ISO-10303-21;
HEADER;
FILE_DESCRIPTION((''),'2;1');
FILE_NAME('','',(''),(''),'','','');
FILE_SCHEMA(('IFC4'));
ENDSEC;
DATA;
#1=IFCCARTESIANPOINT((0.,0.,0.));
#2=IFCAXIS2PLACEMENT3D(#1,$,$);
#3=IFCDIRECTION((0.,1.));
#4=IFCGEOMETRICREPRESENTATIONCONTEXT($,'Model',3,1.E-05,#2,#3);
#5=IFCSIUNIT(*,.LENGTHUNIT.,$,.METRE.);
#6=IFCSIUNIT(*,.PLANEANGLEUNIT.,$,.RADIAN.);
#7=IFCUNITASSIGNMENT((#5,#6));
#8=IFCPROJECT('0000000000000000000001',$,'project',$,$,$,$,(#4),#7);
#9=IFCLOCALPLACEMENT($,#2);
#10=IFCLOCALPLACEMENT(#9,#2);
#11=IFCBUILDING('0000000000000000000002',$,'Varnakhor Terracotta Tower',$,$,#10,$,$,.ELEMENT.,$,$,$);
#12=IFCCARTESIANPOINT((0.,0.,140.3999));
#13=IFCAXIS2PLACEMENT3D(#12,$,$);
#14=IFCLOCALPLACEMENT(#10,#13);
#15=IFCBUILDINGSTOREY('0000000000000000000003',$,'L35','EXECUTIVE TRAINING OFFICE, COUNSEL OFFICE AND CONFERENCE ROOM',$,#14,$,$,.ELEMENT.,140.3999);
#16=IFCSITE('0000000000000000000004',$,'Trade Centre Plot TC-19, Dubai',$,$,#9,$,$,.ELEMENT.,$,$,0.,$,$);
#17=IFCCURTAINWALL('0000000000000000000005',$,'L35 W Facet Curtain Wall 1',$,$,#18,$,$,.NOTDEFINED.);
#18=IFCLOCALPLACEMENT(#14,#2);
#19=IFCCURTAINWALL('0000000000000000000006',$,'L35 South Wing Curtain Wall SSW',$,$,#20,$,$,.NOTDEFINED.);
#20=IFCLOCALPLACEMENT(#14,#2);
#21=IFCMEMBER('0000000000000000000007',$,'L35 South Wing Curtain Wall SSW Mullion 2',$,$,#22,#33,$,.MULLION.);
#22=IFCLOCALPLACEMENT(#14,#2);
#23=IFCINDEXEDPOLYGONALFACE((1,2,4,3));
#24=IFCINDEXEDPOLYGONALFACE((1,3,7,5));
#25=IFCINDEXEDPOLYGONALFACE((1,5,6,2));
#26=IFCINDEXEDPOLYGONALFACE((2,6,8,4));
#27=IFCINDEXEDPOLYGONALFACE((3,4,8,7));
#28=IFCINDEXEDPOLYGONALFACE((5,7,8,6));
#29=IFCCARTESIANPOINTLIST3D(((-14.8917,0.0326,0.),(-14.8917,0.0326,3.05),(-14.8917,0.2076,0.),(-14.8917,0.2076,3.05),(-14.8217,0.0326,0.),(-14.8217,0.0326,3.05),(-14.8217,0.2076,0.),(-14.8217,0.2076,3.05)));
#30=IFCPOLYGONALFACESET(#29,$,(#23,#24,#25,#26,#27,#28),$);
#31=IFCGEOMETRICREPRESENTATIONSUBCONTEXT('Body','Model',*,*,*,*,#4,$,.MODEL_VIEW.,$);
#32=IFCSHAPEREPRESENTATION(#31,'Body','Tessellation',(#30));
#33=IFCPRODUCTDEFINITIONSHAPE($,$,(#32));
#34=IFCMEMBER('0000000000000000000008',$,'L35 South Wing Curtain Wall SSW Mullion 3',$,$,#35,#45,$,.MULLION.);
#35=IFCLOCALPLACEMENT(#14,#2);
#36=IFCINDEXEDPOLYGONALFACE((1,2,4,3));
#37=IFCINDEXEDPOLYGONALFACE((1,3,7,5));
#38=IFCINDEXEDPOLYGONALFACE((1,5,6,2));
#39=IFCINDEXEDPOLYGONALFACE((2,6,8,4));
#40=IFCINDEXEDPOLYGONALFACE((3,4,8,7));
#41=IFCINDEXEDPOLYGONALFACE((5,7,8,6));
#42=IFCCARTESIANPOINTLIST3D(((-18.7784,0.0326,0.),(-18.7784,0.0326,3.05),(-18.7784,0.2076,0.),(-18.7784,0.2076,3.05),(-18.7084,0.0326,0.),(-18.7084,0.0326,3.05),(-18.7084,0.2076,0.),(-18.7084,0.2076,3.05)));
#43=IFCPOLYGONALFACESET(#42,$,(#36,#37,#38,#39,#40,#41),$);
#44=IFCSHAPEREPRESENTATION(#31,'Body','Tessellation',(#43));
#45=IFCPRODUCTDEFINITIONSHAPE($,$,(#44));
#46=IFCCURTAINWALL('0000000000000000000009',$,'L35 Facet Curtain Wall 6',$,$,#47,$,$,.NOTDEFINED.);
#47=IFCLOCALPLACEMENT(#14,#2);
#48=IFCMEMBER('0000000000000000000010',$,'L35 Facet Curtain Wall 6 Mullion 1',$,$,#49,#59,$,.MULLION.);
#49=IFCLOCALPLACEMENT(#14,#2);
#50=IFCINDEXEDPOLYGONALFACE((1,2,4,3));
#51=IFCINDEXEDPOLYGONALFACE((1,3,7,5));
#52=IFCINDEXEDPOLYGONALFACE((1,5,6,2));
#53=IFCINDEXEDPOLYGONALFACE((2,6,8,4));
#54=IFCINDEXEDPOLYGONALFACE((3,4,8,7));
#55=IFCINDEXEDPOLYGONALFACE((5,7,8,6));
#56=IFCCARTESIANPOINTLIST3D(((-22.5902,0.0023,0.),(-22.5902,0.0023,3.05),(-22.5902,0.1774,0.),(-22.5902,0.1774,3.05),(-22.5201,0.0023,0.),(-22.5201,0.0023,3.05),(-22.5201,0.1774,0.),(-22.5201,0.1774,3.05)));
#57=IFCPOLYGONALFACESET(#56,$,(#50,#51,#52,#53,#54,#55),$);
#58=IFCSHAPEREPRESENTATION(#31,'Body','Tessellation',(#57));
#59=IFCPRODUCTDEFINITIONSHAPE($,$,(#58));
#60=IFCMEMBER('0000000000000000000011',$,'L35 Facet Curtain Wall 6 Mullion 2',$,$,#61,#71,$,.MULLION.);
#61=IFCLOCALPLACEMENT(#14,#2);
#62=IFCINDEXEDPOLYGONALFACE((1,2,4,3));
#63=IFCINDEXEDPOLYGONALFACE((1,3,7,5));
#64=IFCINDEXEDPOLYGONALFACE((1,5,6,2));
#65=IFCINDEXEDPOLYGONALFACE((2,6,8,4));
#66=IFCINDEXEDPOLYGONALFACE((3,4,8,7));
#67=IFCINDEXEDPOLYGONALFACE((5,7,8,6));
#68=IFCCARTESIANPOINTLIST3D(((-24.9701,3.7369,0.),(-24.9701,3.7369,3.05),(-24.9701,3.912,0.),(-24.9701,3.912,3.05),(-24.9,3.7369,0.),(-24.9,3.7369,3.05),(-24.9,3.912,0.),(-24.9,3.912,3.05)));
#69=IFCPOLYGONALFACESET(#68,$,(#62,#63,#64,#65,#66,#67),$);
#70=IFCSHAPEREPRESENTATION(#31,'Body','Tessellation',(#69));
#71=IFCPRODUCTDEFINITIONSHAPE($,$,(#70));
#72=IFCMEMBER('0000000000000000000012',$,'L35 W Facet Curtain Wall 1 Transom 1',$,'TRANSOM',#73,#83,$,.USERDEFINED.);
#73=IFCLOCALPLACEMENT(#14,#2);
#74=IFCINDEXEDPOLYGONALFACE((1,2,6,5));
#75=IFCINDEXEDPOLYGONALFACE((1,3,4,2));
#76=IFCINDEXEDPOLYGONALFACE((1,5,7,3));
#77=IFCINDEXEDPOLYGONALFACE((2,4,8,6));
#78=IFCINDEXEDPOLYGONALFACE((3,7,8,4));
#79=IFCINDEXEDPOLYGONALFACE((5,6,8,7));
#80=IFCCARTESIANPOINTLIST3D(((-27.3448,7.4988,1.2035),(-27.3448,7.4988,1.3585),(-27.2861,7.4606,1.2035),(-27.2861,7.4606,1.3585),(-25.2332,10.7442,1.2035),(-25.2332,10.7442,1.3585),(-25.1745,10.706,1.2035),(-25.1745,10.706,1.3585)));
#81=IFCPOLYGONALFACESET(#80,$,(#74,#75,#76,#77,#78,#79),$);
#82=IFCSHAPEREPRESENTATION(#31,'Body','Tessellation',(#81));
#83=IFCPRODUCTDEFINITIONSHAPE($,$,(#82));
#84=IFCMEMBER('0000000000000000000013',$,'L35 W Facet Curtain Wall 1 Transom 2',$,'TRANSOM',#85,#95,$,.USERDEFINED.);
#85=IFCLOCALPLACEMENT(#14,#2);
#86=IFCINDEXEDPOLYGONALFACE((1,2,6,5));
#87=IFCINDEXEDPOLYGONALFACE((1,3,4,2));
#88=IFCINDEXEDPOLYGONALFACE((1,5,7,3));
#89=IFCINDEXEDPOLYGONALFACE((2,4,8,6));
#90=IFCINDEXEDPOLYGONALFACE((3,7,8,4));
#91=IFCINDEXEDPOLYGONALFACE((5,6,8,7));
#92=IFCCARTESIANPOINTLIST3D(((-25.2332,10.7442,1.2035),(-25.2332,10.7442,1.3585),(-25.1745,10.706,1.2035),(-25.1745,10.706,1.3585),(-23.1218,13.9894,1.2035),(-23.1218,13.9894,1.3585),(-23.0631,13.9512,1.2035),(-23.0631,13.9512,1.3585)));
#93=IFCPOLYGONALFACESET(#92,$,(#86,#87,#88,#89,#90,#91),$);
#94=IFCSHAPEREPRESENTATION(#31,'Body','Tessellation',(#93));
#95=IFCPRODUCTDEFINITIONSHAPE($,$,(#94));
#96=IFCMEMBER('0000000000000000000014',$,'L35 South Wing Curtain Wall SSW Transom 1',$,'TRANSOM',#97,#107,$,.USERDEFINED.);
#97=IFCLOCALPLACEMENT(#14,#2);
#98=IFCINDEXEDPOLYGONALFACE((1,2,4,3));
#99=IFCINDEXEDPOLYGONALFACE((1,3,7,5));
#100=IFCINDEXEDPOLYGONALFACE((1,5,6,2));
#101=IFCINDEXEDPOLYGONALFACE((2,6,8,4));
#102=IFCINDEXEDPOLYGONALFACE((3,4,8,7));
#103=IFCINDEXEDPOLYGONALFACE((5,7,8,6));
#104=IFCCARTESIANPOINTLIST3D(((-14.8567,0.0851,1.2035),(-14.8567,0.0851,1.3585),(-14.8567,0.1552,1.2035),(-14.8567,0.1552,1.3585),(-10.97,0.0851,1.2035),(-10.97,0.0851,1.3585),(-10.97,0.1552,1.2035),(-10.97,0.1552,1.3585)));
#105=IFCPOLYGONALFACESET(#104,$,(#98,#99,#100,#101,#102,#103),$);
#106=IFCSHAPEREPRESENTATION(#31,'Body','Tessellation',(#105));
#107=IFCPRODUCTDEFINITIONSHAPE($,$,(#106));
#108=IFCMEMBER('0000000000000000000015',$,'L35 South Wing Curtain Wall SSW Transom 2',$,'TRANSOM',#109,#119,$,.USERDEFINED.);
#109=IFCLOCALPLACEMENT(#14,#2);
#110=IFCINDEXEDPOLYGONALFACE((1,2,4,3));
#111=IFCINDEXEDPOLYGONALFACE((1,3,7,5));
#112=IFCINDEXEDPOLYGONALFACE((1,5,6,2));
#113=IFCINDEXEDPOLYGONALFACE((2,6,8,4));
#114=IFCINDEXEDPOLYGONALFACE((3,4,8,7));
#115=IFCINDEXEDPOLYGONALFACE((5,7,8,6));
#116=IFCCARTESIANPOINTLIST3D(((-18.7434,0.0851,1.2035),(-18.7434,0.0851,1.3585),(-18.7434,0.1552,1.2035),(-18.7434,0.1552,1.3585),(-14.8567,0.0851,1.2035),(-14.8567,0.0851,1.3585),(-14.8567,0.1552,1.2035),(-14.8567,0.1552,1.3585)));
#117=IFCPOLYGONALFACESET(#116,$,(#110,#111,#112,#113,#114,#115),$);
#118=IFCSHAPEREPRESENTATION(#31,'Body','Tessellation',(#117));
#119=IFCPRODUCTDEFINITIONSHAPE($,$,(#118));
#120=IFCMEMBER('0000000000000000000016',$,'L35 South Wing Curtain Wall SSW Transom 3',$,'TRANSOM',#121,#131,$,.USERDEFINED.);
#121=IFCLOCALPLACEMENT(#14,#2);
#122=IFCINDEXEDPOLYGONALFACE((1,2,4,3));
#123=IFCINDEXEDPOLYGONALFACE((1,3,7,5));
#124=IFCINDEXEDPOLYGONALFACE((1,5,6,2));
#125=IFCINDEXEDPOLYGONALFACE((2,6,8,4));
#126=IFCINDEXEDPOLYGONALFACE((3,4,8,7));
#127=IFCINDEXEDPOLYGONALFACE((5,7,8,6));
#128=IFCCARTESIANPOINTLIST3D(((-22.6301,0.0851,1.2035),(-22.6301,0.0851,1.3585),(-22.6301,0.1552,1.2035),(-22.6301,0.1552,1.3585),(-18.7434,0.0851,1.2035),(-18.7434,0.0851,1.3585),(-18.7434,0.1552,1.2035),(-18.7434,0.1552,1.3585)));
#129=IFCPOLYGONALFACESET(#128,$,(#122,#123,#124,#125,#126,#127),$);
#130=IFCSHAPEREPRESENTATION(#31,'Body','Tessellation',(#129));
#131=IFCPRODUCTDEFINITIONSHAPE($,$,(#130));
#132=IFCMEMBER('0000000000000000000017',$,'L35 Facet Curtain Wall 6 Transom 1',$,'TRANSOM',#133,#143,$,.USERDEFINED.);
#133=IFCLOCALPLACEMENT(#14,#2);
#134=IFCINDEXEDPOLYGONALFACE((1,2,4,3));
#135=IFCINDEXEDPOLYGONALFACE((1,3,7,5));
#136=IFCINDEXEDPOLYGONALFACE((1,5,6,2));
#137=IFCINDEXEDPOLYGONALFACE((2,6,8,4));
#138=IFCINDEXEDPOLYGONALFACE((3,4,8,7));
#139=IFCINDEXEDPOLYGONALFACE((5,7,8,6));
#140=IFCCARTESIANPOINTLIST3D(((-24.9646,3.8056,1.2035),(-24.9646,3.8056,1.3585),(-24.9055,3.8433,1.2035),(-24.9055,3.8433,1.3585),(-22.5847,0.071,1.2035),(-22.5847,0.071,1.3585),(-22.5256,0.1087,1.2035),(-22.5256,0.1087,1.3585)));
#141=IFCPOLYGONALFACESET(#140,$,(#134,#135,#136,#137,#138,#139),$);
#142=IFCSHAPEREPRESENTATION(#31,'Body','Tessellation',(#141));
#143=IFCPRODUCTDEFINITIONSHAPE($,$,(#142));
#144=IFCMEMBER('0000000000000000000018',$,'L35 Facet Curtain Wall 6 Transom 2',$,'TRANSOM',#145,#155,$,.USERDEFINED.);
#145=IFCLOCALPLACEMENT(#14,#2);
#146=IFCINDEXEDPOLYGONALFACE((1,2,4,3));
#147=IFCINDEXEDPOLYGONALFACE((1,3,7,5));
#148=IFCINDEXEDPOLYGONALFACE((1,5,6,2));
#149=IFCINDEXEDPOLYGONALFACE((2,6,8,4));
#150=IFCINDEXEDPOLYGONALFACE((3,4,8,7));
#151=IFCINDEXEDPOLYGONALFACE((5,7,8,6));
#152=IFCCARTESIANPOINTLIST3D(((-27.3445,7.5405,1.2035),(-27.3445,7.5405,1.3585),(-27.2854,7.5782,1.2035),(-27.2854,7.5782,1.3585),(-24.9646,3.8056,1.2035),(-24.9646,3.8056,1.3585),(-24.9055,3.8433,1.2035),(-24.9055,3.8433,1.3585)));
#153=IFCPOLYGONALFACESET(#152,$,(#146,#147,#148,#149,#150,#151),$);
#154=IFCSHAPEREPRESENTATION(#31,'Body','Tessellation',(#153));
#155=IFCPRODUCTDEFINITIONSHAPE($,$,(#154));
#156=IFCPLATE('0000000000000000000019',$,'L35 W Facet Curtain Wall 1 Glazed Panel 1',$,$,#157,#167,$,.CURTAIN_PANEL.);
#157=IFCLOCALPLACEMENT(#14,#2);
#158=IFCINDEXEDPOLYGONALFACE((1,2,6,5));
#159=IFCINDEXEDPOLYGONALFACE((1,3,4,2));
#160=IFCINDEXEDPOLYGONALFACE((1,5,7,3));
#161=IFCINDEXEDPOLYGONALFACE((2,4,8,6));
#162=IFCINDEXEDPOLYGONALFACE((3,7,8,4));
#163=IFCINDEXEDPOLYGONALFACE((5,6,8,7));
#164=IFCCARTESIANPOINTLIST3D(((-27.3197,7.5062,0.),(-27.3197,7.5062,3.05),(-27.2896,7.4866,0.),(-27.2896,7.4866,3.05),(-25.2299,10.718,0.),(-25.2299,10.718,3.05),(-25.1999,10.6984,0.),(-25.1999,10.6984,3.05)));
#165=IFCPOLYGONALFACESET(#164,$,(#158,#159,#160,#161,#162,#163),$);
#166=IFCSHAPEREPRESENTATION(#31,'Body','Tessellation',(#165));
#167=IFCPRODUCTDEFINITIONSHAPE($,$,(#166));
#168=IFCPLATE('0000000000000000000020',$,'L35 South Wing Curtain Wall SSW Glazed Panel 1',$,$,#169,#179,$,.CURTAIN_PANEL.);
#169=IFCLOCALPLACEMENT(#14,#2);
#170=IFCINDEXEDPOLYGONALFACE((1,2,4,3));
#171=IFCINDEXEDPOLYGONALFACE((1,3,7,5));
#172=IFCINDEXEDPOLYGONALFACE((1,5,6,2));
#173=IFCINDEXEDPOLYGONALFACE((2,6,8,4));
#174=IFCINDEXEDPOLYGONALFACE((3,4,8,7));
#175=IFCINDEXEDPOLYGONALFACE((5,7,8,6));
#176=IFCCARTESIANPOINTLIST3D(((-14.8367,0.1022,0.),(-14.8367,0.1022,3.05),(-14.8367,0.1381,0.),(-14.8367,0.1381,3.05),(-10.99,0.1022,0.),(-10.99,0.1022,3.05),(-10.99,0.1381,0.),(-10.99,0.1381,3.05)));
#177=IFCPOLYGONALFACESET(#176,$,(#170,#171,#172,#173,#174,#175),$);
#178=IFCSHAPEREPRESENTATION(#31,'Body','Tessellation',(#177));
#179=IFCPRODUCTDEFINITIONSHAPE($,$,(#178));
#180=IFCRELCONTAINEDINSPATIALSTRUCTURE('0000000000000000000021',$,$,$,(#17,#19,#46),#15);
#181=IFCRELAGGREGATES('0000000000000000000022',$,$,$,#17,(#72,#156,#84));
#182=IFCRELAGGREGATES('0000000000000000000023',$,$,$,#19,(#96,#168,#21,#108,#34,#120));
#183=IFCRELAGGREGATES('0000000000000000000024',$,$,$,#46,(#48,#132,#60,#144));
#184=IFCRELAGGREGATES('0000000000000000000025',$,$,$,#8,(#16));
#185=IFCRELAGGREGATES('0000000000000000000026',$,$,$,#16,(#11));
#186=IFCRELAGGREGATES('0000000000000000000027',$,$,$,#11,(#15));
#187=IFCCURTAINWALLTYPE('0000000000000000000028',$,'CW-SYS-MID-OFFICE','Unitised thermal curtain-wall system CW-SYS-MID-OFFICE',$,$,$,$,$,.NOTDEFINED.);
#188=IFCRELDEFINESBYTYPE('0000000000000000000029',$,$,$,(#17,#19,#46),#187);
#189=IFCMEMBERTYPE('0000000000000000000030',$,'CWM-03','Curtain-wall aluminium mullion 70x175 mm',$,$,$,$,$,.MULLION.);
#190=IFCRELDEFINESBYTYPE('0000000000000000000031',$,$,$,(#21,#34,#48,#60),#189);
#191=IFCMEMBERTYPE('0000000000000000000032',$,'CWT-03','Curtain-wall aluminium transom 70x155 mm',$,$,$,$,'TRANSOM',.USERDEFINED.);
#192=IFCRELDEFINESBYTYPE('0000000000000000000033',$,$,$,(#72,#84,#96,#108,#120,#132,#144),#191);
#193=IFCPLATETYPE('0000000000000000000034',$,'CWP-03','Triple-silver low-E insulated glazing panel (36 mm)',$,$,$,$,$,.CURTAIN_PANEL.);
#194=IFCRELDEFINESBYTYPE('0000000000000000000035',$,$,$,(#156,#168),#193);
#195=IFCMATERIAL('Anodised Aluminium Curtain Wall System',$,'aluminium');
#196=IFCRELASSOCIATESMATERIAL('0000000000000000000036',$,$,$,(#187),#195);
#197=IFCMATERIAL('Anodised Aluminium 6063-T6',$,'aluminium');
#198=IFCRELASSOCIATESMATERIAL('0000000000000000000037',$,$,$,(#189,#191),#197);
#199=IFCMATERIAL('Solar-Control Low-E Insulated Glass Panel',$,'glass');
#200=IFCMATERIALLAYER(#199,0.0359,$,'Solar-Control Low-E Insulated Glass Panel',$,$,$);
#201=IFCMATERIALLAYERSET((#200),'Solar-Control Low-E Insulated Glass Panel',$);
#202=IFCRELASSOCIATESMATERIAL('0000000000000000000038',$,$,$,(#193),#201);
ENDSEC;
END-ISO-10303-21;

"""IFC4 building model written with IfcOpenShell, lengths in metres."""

from ifc_helpers import new_model, si_unit, direction, frame, origin, origin_2d, place, context, subcontext, project, spatial, rectangle, extrude, source, transform, mapped, material, layer, layer_set, material_profile, profile_set, type_object, element, aggregate, save


model = new_model("IFC4")

# Units and contexts
model_context = context("Model", 3, precision=1e-05, world=origin(), true_north=direction((0.0, 1.0)))
body_context = subcontext(model_context, "Body", "Model", "MODEL_VIEW")
ifc_project = project(units=[si_unit("LENGTHUNIT", "METRE"), si_unit("PLANEANGLEUNIT", "RADIAN")], contexts=[model_context])

# Site, building, storey
site_placement = place(None, origin())
site = spatial("IfcSite", under=ifc_project, at=site_placement, Name="Trade Centre Plot TC-19, Dubai", CompositionType="ELEMENT", RefElevation=0.0)
building_placement = place(site_placement, origin())
building = spatial("IfcBuilding", under=site, at=building_placement, Name="Varnakhor Terracotta Tower", CompositionType="ELEMENT")
storey_placement = place(building_placement, frame((0.0, 0.0, 140.3999)))
storey = spatial("IfcBuildingStorey", under=building, at=storey_placement, Name="L35", Description="EXECUTIVE TRAINING OFFICE, COUNSEL OFFICE AND CONFERENCE ROOM", CompositionType="ELEMENT", Elevation=140.3999)

# Curtain walls, members
ifc_material_1 = material(Name="Anodised Aluminium Curtain Wall System", Category="aluminium")
curtain_wall_type = type_object("IfcCurtainWallType", Name="CW-SYS-MID-OFFICE", Description="Unitised thermal curtain-wall system CW-SYS-MID-OFFICE", PredefinedType="NOTDEFINED", material=ifc_material_1)
curtain_wall_1_placement = place(storey_placement, origin())
curtain_wall_1 = element("IfcCurtainWall", 1, at=curtain_wall_1_placement, inside=storey, type_object=curtain_wall_type, Name="L35 W Facet Curtain Wall 1", PredefinedType="NOTDEFINED")
ifc_material_2 = material(Name="Anodised Aluminium 6063-T6", Category="aluminium")
ifc_material_profile_1 = material_profile(ifc_material_2, rectangle(XDim=0.0701, YDim=0.175, at=origin_2d()), Name="ALU MULLION 70x175")
ifc_profile_set_1 = profile_set([ifc_material_profile_1], Name="Anodised Aluminium 6063-T6")
member_type_1 = type_object("IfcMemberType", Name="CWM-03", Description="Curtain-wall aluminium mullion 70x175 mm", PredefinedType="MULLION", material=ifc_profile_set_1)
shared_shape_1 = source(origin(), body_context, "Body", "SweptSolid", [
    extrude(rectangle(XDim=0.0701, YDim=0.175, at=origin_2d()), origin(), (0.0, 0.0, 1.0), 3.05),
])
curtain_wall_2_placement = place(storey_placement, origin())
curtain_wall_2 = element("IfcCurtainWall", 2, at=curtain_wall_2_placement, inside=storey, type_object=curtain_wall_type, Name="L35 South Wing Curtain Wall SSW", PredefinedType="NOTDEFINED")
member_1_placement = place(storey_placement, frame((-14.8567, 0.1201, 0.0), z_axis=(0.0, 0.0, 1.0), x_axis=(1.0, 0.0, 0.0)))
member_1 = element("IfcMember", 3, at=member_1_placement, type_object=member_type_1, Name="L35 South Wing Curtain Wall SSW Mullion 2", PredefinedType="MULLION", context=body_context, shape_type="MappedRepresentation", body=[
    mapped(shared_shape_1, transform((0.0, 0.0, 0.0), scale=1.0)),
])
member_2_placement = place(storey_placement, frame((-18.7434, 0.1201, 0.0), z_axis=(0.0, 0.0, 1.0), x_axis=(1.0, 0.0, 0.0)))
member_2 = element("IfcMember", 4, at=member_2_placement, type_object=member_type_1, Name="L35 South Wing Curtain Wall SSW Mullion 3", PredefinedType="MULLION", context=body_context, shape_type="MappedRepresentation", body=[
    mapped(shared_shape_1, transform((0.0, 0.0, 0.0), scale=1.0)),
])
curtain_wall_3_placement = place(storey_placement, origin())
curtain_wall_3 = element("IfcCurtainWall", 5, at=curtain_wall_3_placement, inside=storey, type_object=curtain_wall_type, Name="L35 Facet Curtain Wall 6", PredefinedType="NOTDEFINED")
member_3_placement = place(storey_placement, frame((-22.5552, 0.0898, 0.0), z_axis=(0.0, 0.0, 1.0), x_axis=(1.0, 0.0, 0.0)))
member_3 = element("IfcMember", 6, at=member_3_placement, type_object=member_type_1, Name="L35 Facet Curtain Wall 6 Mullion 1", PredefinedType="MULLION", context=body_context, shape_type="MappedRepresentation", body=[
    mapped(shared_shape_1, transform((0.0, 0.0, 0.0), scale=1.0)),
])
member_4_placement = place(storey_placement, frame((-24.9351, 3.8245, 0.0), z_axis=(0.0, 0.0, 1.0), x_axis=(1.0, 0.0, 0.0)))
member_4 = element("IfcMember", 7, at=member_4_placement, type_object=member_type_1, Name="L35 Facet Curtain Wall 6 Mullion 2", PredefinedType="MULLION", context=body_context, shape_type="MappedRepresentation", body=[
    mapped(shared_shape_1, transform((0.0, 0.0, 0.0), scale=1.0)),
])

# Members
ifc_material_profile_2 = material_profile(ifc_material_2, rectangle(XDim=0.0701, YDim=0.155, at=origin_2d()), Name="ALU TRANSOM 70x155")
ifc_profile_set_2 = profile_set([ifc_material_profile_2], Name="Anodised Aluminium 6063-T6")
member_type_2 = type_object("IfcMemberType", Name="CWT-03", Description="Curtain-wall aluminium transom 70x155 mm", ElementType="TRANSOM", PredefinedType="USERDEFINED", material=ifc_profile_set_2)
shared_shape_2 = source(origin(), body_context, "Body", "SweptSolid", [
    extrude(rectangle(XDim=0.0701, YDim=0.155, at=origin_2d()), origin(), (0.0, 0.0, 1.0), 3.8718),
])
member_5_placement = place(storey_placement, frame((-27.3154, 7.4797, 1.281), z_axis=(0.545367, 0.838197, 0.0), x_axis=(-0.838197, 0.545367, 0.0)))
member_5 = element("IfcMember", 8, at=member_5_placement, type_object=member_type_2, Name="L35 W Facet Curtain Wall 1 Transom 1", ObjectType="TRANSOM", PredefinedType="USERDEFINED", context=body_context, shape_type="MappedRepresentation", body=[
    mapped(shared_shape_2, transform((0.0, 0.0, 0.0), scale=1.0)),
])
shared_shape_3 = source(origin(), body_context, "Body", "SweptSolid", [
    extrude(rectangle(XDim=0.0701, YDim=0.155, at=origin_2d()), origin(), (0.0, 0.0, 1.0), 3.8716),
])
member_6_placement = place(storey_placement, frame((-25.2039, 10.7251, 1.281), z_axis=(0.545352, 0.838207, 0.0), x_axis=(-0.838207, 0.545352, 0.0)))
member_6 = element("IfcMember", 9, at=member_6_placement, type_object=member_type_2, Name="L35 W Facet Curtain Wall 1 Transom 2", ObjectType="TRANSOM", PredefinedType="USERDEFINED", context=body_context, shape_type="MappedRepresentation", body=[
    mapped(shared_shape_3, transform((0.0, 0.0, 0.0), scale=1.0)),
])
shared_shape_4 = source(origin(), body_context, "Body", "SweptSolid", [
    extrude(rectangle(XDim=0.0701, YDim=0.155, at=origin_2d()), origin(), (0.0, 0.0, 1.0), 3.8867),
])
member_7_placement = place(storey_placement, frame((-10.97, 0.1201, 1.281), z_axis=(-1.0, 0.0, 0.0), x_axis=(0.0, -1.0, 0.0)))
member_7 = element("IfcMember", 10, at=member_7_placement, type_object=member_type_2, Name="L35 South Wing Curtain Wall SSW Transom 1", ObjectType="TRANSOM", PredefinedType="USERDEFINED", context=body_context, shape_type="MappedRepresentation", body=[
    mapped(shared_shape_4, transform((0.0, 0.0, 0.0), scale=1.0)),
])
member_8_placement = place(storey_placement, frame((-14.8567, 0.1201, 1.281), z_axis=(-1.0, 0.0, 0.0), x_axis=(0.0, -1.0, 0.0)))
member_8 = element("IfcMember", 11, at=member_8_placement, type_object=member_type_2, Name="L35 South Wing Curtain Wall SSW Transom 2", ObjectType="TRANSOM", PredefinedType="USERDEFINED", context=body_context, shape_type="MappedRepresentation", body=[
    mapped(shared_shape_4, transform((0.0, 0.0, 0.0), scale=1.0)),
])
member_9_placement = place(storey_placement, frame((-18.7434, 0.1201, 1.281), z_axis=(-1.0, 0.0, 0.0), x_axis=(0.0, -1.0, 0.0)))
member_9 = element("IfcMember", 12, at=member_9_placement, type_object=member_type_2, Name="L35 South Wing Curtain Wall SSW Transom 3", ObjectType="TRANSOM", PredefinedType="USERDEFINED", context=body_context, shape_type="MappedRepresentation", body=[
    mapped(shared_shape_4, transform((0.0, 0.0, 0.0), scale=1.0)),
])
shared_shape_5 = source(origin(), body_context, "Body", "SweptSolid", [
    extrude(rectangle(XDim=0.0701, YDim=0.155, at=origin_2d()), origin(), (0.0, 0.0, 1.0), 4.4285),
])
member_10_placement = place(storey_placement, frame((-22.5552, 0.0898, 1.281), z_axis=(-0.537407, 0.843323, 0.0), x_axis=(-0.843323, -0.537407, 0.0)))
member_10 = element("IfcMember", 13, at=member_10_placement, type_object=member_type_2, Name="L35 Facet Curtain Wall 6 Transom 1", ObjectType="TRANSOM", PredefinedType="USERDEFINED", context=body_context, shape_type="MappedRepresentation", body=[
    mapped(shared_shape_5, transform((0.0, 0.0, 0.0), scale=1.0)),
])
shared_shape_6 = source(origin(), body_context, "Body", "SweptSolid", [
    extrude(rectangle(XDim=0.0701, YDim=0.155, at=origin_2d()), origin(), (0.0, 0.0, 1.0), 4.4287),
])
member_11_placement = place(storey_placement, frame((-24.9351, 3.8245, 1.281), z_axis=(-0.537382, 0.843339, 0.0), x_axis=(-0.843339, -0.537382, 0.0)))
member_11 = element("IfcMember", 14, at=member_11_placement, type_object=member_type_2, Name="L35 Facet Curtain Wall 6 Transom 2", ObjectType="TRANSOM", PredefinedType="USERDEFINED", context=body_context, shape_type="MappedRepresentation", body=[
    mapped(shared_shape_6, transform((0.0, 0.0, 0.0), scale=1.0)),
])

# Plates
ifc_material_3 = material(Name="Solar-Control Low-E Insulated Glass Panel", Category="glass")
ifc_layer_1 = layer(ifc_material_3, 0.0359, Name="Solar-Control Low-E Insulated Glass Panel")
ifc_layer_set_1 = layer_set([ifc_layer_1], Name="Solar-Control Low-E Insulated Glass Panel")
plate_type = type_object("IfcPlateType", Name="CWP-03", Description="Triple-silver low-E insulated glazing panel (36 mm)", PredefinedType="CURTAIN_PANEL", material=ifc_layer_set_1)
shared_shape_7 = source(origin(), body_context, "Body", "SweptSolid", [
    extrude(rectangle(XDim=3.8318, YDim=0.0359, at=origin_2d()), origin(), (0.0, 0.0, 1.0), 3.05),
])
plate_1_placement = place(storey_placement, frame((-26.2598, 9.1023, 0.0), z_axis=(0.0, 0.0, 1.0), x_axis=(0.545371, 0.838195, 0.0)))
plate_1 = element("IfcPlate", 15, at=plate_1_placement, type_object=plate_type, Name="L35 W Facet Curtain Wall 1 Glazed Panel 1", PredefinedType="CURTAIN_PANEL", context=body_context, shape_type="MappedRepresentation", body=[
    mapped(shared_shape_7, transform((0.0, 0.0, 0.0), scale=1.0)),
])
aggregate(curtain_wall_1, [member_5, plate_1, member_6])
shared_shape_8 = source(origin(), body_context, "Body", "SweptSolid", [
    extrude(rectangle(XDim=3.8467, YDim=0.0359, at=origin_2d()), origin(), (0.0, 0.0, 1.0), 3.05),
])
plate_2_placement = place(storey_placement, frame((-12.9133, 0.1201, 0.0), z_axis=(0.0, 0.0, 1.0), x_axis=(-1.0, 0.0, 0.0)))
plate_2 = element("IfcPlate", 16, at=plate_2_placement, type_object=plate_type, Name="L35 South Wing Curtain Wall SSW Glazed Panel 1", PredefinedType="CURTAIN_PANEL", context=body_context, shape_type="MappedRepresentation", body=[
    mapped(shared_shape_8, transform((0.0, 0.0, 0.0), scale=1.0)),
])
aggregate(curtain_wall_2, [member_7, plate_2, member_1, member_8, member_2, member_9])
aggregate(curtain_wall_3, [member_3, member_10, member_4, member_11])

save(model, "model.ifc")
